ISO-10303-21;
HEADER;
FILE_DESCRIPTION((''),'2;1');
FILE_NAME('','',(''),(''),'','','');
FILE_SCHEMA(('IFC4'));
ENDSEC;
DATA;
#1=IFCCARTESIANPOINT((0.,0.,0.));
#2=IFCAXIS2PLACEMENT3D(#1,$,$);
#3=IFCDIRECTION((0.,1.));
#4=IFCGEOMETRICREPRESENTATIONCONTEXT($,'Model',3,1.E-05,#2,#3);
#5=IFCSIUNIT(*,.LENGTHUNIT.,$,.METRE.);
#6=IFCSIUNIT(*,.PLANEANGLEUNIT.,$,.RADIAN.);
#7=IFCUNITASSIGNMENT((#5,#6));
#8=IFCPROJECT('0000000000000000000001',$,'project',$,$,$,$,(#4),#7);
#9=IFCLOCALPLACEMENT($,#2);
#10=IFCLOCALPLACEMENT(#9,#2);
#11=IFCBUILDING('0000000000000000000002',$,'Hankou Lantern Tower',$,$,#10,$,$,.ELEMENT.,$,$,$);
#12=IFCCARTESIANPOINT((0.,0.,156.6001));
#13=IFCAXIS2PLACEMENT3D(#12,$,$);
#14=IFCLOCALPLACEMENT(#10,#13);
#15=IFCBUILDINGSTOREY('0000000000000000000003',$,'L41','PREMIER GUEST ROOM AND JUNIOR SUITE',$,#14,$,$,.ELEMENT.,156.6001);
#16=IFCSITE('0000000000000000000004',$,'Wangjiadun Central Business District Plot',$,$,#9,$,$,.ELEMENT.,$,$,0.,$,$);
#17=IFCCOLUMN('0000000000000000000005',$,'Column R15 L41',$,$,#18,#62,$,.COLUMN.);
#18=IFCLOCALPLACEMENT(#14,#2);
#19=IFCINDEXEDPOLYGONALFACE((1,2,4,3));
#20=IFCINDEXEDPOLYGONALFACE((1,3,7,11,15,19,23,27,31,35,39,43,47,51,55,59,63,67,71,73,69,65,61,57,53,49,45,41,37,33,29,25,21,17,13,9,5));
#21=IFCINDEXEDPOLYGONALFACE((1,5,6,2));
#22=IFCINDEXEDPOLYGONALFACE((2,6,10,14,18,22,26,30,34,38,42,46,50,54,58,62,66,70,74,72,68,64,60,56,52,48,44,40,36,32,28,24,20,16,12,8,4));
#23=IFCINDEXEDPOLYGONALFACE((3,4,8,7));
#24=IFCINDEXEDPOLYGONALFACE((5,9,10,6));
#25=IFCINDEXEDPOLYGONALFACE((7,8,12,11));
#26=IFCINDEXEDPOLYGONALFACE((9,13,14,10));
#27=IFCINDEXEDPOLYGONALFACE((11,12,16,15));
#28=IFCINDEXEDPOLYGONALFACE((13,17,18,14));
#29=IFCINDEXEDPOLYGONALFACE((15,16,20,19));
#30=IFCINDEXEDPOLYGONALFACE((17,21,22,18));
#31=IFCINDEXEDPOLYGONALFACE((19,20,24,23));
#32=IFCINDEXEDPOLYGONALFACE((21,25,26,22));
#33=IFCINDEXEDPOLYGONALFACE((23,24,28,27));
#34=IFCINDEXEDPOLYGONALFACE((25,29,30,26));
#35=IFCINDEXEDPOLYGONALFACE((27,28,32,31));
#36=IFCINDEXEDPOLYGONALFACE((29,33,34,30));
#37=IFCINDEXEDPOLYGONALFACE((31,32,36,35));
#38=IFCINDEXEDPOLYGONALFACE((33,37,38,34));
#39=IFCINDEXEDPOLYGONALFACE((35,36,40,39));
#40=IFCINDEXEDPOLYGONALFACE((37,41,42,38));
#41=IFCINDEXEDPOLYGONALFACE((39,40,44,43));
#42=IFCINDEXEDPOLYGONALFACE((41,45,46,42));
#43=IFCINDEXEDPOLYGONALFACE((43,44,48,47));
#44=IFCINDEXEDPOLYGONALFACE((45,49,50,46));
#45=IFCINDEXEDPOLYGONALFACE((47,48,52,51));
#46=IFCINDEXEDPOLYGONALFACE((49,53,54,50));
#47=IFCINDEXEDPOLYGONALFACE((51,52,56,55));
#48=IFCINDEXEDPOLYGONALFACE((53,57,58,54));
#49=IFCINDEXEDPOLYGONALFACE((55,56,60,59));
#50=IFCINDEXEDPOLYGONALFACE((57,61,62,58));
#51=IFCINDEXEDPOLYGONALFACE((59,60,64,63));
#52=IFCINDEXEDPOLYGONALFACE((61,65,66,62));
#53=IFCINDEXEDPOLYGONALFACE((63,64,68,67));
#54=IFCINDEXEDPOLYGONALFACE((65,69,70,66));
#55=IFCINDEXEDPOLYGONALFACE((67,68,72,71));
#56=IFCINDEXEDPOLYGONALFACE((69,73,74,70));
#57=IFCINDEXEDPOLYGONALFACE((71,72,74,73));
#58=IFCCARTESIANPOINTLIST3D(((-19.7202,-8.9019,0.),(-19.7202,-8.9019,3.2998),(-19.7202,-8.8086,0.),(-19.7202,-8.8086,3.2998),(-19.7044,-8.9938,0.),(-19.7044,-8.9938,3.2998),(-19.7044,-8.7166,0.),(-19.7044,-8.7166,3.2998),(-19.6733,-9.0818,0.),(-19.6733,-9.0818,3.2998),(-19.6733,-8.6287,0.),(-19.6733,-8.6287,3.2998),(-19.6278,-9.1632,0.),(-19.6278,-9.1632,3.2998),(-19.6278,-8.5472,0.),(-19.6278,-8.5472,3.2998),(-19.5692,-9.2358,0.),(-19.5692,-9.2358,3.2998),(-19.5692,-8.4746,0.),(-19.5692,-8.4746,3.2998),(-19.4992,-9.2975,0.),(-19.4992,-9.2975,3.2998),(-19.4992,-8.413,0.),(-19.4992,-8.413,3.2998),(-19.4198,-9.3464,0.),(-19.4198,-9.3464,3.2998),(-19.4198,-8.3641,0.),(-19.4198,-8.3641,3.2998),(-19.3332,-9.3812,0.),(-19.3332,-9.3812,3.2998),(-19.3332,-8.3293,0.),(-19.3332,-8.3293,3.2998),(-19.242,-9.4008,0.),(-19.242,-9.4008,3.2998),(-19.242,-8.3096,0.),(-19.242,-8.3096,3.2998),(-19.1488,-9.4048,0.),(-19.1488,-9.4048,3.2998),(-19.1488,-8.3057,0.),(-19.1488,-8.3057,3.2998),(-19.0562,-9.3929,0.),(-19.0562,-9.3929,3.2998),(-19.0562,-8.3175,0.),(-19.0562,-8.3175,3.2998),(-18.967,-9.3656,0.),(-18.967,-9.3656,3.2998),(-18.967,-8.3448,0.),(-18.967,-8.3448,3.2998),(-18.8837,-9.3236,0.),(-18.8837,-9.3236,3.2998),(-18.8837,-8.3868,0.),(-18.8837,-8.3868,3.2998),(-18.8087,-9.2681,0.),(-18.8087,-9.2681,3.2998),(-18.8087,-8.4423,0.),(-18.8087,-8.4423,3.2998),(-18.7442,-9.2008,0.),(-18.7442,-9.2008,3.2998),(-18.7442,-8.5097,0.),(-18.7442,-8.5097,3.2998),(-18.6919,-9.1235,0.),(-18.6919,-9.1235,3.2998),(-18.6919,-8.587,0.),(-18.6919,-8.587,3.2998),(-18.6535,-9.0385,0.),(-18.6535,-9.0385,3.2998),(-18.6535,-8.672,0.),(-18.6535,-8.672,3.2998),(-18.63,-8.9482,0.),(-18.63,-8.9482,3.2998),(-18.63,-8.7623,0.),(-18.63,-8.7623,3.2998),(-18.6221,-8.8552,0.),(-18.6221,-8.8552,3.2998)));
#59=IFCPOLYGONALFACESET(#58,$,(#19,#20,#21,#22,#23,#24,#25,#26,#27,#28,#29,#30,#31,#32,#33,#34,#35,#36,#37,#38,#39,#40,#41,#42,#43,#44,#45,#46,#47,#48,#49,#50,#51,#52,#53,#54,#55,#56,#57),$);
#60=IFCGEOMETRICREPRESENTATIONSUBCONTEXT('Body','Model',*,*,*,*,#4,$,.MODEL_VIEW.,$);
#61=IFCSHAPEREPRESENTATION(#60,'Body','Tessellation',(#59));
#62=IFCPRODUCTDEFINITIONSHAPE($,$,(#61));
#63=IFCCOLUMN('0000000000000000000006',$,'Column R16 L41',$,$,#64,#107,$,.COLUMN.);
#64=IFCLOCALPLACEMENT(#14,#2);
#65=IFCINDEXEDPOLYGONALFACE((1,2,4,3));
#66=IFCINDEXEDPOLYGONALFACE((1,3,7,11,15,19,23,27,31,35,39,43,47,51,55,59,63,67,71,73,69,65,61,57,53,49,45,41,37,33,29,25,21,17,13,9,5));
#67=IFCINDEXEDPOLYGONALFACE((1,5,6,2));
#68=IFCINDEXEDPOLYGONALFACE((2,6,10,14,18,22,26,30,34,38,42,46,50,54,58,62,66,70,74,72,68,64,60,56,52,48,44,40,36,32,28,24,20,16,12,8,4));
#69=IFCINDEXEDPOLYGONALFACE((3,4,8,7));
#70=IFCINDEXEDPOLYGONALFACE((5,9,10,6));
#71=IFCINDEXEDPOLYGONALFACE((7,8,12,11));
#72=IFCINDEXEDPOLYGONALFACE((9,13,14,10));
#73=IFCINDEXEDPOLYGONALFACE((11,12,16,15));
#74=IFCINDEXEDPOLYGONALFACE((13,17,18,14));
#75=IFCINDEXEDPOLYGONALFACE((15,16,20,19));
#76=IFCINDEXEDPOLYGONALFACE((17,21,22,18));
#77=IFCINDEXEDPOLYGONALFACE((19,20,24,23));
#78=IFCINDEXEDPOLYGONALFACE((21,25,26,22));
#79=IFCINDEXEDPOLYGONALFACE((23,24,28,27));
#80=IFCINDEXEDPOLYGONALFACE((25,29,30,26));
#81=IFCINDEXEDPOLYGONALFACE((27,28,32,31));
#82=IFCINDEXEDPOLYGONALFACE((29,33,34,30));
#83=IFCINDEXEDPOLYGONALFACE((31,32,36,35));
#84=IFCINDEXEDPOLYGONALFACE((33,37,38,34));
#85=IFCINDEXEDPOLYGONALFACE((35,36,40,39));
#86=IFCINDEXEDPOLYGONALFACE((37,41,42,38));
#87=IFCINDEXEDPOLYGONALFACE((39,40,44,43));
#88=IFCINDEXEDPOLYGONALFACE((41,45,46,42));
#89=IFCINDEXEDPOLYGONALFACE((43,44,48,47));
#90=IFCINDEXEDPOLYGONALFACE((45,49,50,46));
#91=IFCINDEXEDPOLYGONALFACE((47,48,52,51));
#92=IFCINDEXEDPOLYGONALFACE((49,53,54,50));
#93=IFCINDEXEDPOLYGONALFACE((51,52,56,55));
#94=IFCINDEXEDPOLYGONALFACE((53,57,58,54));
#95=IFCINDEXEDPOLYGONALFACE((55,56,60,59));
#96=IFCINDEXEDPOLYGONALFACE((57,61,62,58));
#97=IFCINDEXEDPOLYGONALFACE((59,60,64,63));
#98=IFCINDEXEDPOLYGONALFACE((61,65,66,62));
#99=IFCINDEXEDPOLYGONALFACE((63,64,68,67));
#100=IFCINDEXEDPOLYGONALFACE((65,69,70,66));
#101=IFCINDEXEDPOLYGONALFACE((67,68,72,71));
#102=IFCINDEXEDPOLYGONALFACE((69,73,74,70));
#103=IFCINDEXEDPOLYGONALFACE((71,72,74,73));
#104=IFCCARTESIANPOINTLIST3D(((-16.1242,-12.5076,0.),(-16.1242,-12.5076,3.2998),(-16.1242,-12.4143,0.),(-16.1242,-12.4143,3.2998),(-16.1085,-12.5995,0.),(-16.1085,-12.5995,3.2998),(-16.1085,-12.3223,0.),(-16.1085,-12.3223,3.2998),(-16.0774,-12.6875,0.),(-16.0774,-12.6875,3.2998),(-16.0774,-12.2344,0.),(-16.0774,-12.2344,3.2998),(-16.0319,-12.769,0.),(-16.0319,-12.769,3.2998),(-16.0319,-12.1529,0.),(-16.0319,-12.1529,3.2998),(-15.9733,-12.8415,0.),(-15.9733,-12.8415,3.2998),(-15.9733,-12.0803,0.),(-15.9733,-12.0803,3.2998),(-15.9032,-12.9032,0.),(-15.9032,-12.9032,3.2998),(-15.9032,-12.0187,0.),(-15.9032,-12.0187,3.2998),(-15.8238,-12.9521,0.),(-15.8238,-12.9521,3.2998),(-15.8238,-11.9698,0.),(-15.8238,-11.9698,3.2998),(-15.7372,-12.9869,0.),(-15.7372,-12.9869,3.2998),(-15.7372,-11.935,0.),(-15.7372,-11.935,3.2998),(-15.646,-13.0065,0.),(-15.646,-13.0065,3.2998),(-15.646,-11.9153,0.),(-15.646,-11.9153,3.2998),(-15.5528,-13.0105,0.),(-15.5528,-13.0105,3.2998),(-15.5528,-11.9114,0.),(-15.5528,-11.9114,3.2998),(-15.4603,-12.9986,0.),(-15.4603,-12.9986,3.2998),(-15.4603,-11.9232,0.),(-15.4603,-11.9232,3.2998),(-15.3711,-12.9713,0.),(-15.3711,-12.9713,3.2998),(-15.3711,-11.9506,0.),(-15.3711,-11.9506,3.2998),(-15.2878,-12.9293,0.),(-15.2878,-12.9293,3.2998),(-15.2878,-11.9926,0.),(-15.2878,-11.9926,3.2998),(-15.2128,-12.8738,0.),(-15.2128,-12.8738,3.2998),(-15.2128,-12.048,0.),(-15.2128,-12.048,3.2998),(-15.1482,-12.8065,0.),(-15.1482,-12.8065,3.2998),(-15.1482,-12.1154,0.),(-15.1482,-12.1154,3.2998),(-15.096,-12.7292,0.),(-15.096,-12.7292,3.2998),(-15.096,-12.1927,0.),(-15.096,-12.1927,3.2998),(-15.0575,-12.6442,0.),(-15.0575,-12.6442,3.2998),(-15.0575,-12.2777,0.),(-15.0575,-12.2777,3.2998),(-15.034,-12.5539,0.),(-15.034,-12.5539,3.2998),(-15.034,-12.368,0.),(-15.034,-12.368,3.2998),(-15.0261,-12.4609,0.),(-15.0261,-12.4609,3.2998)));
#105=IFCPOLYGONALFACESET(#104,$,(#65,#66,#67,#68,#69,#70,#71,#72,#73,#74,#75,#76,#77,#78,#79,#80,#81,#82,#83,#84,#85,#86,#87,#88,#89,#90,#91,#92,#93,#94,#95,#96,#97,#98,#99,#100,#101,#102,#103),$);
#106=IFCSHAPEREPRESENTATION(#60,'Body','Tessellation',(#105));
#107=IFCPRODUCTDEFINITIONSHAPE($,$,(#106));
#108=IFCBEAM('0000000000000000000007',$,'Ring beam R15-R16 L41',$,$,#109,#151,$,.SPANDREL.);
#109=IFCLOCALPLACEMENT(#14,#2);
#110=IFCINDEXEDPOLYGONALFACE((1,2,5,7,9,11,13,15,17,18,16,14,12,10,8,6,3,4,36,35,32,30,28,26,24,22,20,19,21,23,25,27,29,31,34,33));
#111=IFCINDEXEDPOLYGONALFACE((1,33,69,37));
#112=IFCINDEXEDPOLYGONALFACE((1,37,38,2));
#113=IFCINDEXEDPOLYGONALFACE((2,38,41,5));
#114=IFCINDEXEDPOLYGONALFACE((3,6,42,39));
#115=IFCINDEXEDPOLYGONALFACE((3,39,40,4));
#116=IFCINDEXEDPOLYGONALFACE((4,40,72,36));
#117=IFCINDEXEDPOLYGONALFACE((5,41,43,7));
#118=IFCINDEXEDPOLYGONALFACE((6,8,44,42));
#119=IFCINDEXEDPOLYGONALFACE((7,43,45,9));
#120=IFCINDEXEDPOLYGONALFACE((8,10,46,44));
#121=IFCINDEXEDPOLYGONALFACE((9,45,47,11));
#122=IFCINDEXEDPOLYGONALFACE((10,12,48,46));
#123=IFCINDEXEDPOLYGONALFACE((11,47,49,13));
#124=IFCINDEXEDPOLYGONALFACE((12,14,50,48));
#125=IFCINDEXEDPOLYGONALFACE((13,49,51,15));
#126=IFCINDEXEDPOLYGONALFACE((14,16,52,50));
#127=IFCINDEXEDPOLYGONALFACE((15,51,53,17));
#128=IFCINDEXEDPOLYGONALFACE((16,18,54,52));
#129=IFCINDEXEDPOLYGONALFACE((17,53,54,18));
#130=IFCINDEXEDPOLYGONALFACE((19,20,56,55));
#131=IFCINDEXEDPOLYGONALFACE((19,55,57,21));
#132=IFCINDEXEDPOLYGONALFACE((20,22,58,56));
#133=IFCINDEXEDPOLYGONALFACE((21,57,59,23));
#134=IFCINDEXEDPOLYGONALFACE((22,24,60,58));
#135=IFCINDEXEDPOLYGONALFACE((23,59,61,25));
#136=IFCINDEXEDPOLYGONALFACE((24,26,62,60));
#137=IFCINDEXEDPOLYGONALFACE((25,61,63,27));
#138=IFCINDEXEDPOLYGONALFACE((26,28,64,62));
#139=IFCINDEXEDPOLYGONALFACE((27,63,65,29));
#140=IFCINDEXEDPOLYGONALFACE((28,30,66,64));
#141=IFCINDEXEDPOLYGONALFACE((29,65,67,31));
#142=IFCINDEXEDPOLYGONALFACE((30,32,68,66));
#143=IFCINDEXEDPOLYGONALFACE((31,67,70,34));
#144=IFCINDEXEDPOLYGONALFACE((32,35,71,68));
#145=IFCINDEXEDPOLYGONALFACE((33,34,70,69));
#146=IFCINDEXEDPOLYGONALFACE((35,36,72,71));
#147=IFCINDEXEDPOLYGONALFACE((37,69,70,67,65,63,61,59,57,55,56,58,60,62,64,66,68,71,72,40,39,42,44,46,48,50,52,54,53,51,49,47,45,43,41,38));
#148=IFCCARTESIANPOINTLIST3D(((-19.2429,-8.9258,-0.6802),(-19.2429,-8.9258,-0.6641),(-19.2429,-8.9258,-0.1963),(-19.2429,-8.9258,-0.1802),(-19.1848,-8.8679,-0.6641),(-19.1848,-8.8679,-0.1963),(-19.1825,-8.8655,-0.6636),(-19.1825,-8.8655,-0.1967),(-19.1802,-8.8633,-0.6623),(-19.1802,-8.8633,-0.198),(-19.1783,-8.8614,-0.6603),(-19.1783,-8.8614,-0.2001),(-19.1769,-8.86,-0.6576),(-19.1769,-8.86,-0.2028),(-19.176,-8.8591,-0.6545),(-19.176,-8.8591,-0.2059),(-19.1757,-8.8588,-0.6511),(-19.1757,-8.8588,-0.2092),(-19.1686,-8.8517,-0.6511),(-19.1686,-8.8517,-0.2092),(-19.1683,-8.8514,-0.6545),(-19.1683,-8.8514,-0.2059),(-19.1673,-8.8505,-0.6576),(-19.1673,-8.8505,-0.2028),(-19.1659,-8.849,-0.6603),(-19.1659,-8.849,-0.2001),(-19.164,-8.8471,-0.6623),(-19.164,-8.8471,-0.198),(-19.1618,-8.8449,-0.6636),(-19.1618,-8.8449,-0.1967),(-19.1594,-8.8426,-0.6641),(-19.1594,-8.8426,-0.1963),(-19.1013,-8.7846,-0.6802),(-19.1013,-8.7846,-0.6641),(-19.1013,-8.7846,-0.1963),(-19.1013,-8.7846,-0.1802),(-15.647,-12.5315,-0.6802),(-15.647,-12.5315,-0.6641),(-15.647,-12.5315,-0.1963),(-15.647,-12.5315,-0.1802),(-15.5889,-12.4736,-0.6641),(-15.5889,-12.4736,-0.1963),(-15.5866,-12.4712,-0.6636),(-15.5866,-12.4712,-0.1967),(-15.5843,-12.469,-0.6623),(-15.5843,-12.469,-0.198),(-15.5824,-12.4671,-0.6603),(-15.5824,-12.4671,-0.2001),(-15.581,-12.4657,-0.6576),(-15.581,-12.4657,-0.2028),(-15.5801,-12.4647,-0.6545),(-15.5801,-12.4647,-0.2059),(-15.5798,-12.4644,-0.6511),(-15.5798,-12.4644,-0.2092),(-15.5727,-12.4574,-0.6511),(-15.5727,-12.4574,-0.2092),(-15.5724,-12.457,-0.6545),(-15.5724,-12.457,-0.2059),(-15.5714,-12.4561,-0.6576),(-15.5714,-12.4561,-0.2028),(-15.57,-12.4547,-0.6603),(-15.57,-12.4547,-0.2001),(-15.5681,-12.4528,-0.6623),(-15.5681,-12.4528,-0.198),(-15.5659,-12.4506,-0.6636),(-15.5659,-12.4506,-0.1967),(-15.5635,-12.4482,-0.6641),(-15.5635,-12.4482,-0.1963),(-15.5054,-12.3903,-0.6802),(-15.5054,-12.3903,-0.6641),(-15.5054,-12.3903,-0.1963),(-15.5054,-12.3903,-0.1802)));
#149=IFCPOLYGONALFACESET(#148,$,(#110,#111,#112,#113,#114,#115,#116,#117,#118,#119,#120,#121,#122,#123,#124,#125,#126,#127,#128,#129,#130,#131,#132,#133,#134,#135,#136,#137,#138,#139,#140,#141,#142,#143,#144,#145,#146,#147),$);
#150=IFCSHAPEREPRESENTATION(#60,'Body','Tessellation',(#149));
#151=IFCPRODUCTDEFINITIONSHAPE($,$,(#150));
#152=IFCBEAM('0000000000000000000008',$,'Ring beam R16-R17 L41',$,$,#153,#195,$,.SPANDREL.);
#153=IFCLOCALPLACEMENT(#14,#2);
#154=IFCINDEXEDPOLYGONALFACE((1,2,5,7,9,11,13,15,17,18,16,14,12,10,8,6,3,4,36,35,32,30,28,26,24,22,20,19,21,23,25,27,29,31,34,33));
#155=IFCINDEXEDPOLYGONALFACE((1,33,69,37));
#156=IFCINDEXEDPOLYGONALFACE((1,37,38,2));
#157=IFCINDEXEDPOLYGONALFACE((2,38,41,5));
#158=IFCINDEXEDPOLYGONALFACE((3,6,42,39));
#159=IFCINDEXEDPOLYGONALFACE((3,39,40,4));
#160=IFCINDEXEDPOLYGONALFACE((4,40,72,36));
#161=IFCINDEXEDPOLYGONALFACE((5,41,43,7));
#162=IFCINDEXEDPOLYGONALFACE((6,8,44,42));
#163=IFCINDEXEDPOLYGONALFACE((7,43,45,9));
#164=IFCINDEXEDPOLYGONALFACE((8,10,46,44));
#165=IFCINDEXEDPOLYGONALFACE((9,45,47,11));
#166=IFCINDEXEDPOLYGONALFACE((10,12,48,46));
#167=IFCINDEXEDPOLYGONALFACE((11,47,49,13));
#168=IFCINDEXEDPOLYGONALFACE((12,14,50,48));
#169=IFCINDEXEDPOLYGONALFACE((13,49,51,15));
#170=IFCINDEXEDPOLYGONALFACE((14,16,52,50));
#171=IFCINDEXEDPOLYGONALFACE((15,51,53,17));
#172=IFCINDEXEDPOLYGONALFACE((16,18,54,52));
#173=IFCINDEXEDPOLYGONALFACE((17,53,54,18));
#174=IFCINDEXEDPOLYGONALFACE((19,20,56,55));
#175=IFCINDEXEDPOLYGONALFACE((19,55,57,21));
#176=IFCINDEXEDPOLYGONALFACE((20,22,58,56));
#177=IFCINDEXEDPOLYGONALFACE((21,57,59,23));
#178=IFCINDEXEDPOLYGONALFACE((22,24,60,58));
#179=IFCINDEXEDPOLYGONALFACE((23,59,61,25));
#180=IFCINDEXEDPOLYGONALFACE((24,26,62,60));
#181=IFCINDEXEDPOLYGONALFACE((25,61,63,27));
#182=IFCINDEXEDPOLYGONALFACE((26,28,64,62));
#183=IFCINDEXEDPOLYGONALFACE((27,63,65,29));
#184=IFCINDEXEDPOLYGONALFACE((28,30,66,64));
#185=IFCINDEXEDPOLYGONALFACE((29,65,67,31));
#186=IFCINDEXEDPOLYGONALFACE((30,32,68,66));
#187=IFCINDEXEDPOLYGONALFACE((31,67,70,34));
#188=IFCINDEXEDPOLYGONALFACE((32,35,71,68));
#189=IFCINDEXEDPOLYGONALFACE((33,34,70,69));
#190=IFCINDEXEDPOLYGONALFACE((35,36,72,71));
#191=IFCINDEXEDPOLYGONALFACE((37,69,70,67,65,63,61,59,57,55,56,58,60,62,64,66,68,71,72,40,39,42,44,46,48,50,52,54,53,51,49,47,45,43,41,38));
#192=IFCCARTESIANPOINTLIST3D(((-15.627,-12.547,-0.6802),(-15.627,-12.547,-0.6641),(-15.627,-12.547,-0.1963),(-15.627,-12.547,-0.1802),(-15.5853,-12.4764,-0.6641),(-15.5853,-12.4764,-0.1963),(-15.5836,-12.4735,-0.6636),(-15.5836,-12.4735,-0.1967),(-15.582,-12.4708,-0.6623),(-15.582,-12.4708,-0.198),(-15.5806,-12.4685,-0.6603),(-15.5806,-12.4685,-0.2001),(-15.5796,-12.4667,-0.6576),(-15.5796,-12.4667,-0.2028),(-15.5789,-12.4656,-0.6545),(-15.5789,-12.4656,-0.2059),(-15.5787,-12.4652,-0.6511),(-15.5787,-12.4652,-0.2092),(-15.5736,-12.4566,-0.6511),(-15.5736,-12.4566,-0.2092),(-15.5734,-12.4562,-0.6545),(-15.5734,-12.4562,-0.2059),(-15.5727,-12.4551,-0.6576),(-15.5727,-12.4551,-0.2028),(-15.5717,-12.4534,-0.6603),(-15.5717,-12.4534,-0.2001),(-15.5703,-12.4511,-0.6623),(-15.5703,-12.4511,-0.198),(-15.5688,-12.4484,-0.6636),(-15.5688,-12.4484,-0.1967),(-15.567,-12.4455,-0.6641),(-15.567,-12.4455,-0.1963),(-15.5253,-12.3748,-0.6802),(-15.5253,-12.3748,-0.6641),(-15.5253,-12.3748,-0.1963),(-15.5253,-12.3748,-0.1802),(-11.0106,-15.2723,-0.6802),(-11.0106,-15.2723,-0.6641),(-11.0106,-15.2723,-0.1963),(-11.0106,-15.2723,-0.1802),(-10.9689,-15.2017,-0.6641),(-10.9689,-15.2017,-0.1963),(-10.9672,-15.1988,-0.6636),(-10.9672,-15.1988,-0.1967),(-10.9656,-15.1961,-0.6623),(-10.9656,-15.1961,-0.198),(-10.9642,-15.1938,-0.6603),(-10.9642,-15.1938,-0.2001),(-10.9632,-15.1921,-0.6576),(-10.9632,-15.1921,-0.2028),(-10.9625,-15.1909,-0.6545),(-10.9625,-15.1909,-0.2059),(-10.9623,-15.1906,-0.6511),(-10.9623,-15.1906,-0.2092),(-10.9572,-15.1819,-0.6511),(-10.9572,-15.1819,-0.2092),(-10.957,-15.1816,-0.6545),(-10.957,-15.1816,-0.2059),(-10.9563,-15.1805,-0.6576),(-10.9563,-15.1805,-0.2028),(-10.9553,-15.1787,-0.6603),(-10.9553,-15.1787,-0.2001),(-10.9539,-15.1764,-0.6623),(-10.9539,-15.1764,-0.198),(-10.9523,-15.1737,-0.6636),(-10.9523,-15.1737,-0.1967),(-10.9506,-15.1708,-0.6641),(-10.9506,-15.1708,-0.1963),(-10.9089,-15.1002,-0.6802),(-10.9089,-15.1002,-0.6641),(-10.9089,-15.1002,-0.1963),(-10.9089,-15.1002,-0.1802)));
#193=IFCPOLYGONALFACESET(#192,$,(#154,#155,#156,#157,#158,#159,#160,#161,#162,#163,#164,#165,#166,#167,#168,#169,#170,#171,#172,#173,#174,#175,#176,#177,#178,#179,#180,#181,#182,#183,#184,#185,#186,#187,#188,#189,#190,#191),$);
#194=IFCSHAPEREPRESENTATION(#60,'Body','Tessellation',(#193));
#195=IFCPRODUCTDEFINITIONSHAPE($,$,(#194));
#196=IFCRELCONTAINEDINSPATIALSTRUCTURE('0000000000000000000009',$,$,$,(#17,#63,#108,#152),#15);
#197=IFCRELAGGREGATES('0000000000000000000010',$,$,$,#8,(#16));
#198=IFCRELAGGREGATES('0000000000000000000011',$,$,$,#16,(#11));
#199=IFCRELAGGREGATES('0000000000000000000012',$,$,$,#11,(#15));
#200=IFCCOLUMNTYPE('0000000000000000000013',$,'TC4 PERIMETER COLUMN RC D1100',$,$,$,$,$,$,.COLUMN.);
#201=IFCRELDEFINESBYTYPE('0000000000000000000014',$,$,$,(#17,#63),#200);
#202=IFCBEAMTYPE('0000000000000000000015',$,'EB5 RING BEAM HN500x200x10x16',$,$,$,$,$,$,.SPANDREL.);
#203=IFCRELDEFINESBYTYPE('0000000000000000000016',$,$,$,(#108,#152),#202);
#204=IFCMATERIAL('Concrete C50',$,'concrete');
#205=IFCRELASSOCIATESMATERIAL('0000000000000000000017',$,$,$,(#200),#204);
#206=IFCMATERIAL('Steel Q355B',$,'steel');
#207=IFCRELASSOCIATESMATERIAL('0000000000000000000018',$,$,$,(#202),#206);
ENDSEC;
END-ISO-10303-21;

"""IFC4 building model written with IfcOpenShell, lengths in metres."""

from ifc_helpers import new_model, si_unit, direction, frame, origin, origin_2d, place, context, subcontext, project, spatial, circle, i_section, extrude, material, material_profile, profile_set, type_object, element, save


model = new_model("IFC4")

# Units and contexts
model_context = context("Model", 3, precision=1e-05, world=origin(), true_north=direction((0.0, 1.0)))
body_context = subcontext(model_context, "Body", "Model", "MODEL_VIEW")
ifc_project = project(units=[si_unit("LENGTHUNIT", "METRE"), si_unit("PLANEANGLEUNIT", "RADIAN")], contexts=[model_context])

# Site, building, storey
site_placement = place(None, origin())
site = spatial("IfcSite", under=ifc_project, at=site_placement, Name="Wangjiadun Central Business District Plot", CompositionType="ELEMENT", RefElevation=0.0)
building_placement = place(site_placement, origin())
building = spatial("IfcBuilding", under=site, at=building_placement, Name="Hankou Lantern Tower", CompositionType="ELEMENT")
storey_placement = place(building_placement, frame((0.0, 0.0, 156.6001)))
storey = spatial("IfcBuildingStorey", under=building, at=storey_placement, Name="L41", Description="PREMIER GUEST ROOM AND JUNIOR SUITE", CompositionType="ELEMENT", Elevation=156.6001)

# Columns
ifc_material_1 = material(Name="Concrete C50", Category="concrete")
ifc_material_profile_1 = material_profile(ifc_material_1, circle(Radius=0.55, at=origin_2d()), Name="RC D1100")
ifc_profile_set_1 = profile_set([ifc_material_profile_1], Name="Concrete C50")
column_type = type_object("IfcColumnType", Name="TC4 PERIMETER COLUMN RC D1100", PredefinedType="COLUMN", material=ifc_profile_set_1)
for number, where, z_axis, x_axis, name in (
    (1, (-19.1721, -8.8552, 0.0), (0.0, 0.0, 1.0), (1.0, 0.0, 0.0), "Column R15 L41"),
    (2, (-15.5762, -12.4609, 0.0), (0.0, 0.0, 1.0), (1.0, 0.0, 0.0), "Column R16 L41"),
):
    element("IfcColumn", number, at=place(storey_placement, frame(where, z_axis=z_axis, x_axis=x_axis)), inside=storey, type_object=column_type, Name=name, PredefinedType="COLUMN", context=body_context, shape_type="SweptSolid", body=[
        extrude(circle(Radius=0.55, at=origin_2d()), origin(), (0.0, 0.0, 1.0), 3.2998),
    ])

# Beams
ifc_material_2 = material(Name="Steel Q355B", Category="steel")
ifc_material_profile_2 = material_profile(ifc_material_2, i_section(OverallWidth=0.2, OverallDepth=0.5, WebThickness=0.01, FlangeThickness=0.0161, FilletRadius=0.0129, at=origin_2d()), Name="HN500x200x10x16")
ifc_profile_set_2 = profile_set([ifc_material_profile_2], Name="Steel Q355B")
beam_type_1 = type_object("IfcBeamType", Name="EB5 RING BEAM HN500x200x10x16", PredefinedType="SPANDREL", material=ifc_profile_set_2)
beam_1_placement = place(storey_placement, frame((-19.1721, -8.8552, -0.4302), z_axis=(0.706147, -0.708065, 0.0), x_axis=(0.708065, 0.706147, 0.0)))
element("IfcBeam", 3, at=beam_1_placement, inside=storey, type_object=beam_type_1, Name="Ring beam R15-R16 L41", PredefinedType="SPANDREL", context=body_context, shape_type="SweptSolid", body=[
    extrude(i_section(OverallWidth=0.2, OverallDepth=0.5, WebThickness=0.01, FlangeThickness=0.0161, FilletRadius=0.0129, at=origin_2d()), origin(), (0.0, 0.0, 1.0), 5.0923),
])
beam_2_placement = place(storey_placement, frame((-15.5762, -12.4609, -0.4302), z_axis=(0.861136, -0.508375, 0.0), x_axis=(0.508375, 0.861136, 0.0)))
element("IfcBeam", 4, at=beam_2_placement, inside=storey, type_object=beam_type_1, Name="Ring beam R16-R17 L41", PredefinedType="SPANDREL", context=body_context, shape_type="SweptSolid", body=[
    extrude(i_section(OverallWidth=0.2, OverallDepth=0.5, WebThickness=0.01, FlangeThickness=0.0161, FilletRadius=0.0129, at=origin_2d()), origin(), (0.0, 0.0, 1.0), 5.3608),
])

save(model, "model.ifc")
